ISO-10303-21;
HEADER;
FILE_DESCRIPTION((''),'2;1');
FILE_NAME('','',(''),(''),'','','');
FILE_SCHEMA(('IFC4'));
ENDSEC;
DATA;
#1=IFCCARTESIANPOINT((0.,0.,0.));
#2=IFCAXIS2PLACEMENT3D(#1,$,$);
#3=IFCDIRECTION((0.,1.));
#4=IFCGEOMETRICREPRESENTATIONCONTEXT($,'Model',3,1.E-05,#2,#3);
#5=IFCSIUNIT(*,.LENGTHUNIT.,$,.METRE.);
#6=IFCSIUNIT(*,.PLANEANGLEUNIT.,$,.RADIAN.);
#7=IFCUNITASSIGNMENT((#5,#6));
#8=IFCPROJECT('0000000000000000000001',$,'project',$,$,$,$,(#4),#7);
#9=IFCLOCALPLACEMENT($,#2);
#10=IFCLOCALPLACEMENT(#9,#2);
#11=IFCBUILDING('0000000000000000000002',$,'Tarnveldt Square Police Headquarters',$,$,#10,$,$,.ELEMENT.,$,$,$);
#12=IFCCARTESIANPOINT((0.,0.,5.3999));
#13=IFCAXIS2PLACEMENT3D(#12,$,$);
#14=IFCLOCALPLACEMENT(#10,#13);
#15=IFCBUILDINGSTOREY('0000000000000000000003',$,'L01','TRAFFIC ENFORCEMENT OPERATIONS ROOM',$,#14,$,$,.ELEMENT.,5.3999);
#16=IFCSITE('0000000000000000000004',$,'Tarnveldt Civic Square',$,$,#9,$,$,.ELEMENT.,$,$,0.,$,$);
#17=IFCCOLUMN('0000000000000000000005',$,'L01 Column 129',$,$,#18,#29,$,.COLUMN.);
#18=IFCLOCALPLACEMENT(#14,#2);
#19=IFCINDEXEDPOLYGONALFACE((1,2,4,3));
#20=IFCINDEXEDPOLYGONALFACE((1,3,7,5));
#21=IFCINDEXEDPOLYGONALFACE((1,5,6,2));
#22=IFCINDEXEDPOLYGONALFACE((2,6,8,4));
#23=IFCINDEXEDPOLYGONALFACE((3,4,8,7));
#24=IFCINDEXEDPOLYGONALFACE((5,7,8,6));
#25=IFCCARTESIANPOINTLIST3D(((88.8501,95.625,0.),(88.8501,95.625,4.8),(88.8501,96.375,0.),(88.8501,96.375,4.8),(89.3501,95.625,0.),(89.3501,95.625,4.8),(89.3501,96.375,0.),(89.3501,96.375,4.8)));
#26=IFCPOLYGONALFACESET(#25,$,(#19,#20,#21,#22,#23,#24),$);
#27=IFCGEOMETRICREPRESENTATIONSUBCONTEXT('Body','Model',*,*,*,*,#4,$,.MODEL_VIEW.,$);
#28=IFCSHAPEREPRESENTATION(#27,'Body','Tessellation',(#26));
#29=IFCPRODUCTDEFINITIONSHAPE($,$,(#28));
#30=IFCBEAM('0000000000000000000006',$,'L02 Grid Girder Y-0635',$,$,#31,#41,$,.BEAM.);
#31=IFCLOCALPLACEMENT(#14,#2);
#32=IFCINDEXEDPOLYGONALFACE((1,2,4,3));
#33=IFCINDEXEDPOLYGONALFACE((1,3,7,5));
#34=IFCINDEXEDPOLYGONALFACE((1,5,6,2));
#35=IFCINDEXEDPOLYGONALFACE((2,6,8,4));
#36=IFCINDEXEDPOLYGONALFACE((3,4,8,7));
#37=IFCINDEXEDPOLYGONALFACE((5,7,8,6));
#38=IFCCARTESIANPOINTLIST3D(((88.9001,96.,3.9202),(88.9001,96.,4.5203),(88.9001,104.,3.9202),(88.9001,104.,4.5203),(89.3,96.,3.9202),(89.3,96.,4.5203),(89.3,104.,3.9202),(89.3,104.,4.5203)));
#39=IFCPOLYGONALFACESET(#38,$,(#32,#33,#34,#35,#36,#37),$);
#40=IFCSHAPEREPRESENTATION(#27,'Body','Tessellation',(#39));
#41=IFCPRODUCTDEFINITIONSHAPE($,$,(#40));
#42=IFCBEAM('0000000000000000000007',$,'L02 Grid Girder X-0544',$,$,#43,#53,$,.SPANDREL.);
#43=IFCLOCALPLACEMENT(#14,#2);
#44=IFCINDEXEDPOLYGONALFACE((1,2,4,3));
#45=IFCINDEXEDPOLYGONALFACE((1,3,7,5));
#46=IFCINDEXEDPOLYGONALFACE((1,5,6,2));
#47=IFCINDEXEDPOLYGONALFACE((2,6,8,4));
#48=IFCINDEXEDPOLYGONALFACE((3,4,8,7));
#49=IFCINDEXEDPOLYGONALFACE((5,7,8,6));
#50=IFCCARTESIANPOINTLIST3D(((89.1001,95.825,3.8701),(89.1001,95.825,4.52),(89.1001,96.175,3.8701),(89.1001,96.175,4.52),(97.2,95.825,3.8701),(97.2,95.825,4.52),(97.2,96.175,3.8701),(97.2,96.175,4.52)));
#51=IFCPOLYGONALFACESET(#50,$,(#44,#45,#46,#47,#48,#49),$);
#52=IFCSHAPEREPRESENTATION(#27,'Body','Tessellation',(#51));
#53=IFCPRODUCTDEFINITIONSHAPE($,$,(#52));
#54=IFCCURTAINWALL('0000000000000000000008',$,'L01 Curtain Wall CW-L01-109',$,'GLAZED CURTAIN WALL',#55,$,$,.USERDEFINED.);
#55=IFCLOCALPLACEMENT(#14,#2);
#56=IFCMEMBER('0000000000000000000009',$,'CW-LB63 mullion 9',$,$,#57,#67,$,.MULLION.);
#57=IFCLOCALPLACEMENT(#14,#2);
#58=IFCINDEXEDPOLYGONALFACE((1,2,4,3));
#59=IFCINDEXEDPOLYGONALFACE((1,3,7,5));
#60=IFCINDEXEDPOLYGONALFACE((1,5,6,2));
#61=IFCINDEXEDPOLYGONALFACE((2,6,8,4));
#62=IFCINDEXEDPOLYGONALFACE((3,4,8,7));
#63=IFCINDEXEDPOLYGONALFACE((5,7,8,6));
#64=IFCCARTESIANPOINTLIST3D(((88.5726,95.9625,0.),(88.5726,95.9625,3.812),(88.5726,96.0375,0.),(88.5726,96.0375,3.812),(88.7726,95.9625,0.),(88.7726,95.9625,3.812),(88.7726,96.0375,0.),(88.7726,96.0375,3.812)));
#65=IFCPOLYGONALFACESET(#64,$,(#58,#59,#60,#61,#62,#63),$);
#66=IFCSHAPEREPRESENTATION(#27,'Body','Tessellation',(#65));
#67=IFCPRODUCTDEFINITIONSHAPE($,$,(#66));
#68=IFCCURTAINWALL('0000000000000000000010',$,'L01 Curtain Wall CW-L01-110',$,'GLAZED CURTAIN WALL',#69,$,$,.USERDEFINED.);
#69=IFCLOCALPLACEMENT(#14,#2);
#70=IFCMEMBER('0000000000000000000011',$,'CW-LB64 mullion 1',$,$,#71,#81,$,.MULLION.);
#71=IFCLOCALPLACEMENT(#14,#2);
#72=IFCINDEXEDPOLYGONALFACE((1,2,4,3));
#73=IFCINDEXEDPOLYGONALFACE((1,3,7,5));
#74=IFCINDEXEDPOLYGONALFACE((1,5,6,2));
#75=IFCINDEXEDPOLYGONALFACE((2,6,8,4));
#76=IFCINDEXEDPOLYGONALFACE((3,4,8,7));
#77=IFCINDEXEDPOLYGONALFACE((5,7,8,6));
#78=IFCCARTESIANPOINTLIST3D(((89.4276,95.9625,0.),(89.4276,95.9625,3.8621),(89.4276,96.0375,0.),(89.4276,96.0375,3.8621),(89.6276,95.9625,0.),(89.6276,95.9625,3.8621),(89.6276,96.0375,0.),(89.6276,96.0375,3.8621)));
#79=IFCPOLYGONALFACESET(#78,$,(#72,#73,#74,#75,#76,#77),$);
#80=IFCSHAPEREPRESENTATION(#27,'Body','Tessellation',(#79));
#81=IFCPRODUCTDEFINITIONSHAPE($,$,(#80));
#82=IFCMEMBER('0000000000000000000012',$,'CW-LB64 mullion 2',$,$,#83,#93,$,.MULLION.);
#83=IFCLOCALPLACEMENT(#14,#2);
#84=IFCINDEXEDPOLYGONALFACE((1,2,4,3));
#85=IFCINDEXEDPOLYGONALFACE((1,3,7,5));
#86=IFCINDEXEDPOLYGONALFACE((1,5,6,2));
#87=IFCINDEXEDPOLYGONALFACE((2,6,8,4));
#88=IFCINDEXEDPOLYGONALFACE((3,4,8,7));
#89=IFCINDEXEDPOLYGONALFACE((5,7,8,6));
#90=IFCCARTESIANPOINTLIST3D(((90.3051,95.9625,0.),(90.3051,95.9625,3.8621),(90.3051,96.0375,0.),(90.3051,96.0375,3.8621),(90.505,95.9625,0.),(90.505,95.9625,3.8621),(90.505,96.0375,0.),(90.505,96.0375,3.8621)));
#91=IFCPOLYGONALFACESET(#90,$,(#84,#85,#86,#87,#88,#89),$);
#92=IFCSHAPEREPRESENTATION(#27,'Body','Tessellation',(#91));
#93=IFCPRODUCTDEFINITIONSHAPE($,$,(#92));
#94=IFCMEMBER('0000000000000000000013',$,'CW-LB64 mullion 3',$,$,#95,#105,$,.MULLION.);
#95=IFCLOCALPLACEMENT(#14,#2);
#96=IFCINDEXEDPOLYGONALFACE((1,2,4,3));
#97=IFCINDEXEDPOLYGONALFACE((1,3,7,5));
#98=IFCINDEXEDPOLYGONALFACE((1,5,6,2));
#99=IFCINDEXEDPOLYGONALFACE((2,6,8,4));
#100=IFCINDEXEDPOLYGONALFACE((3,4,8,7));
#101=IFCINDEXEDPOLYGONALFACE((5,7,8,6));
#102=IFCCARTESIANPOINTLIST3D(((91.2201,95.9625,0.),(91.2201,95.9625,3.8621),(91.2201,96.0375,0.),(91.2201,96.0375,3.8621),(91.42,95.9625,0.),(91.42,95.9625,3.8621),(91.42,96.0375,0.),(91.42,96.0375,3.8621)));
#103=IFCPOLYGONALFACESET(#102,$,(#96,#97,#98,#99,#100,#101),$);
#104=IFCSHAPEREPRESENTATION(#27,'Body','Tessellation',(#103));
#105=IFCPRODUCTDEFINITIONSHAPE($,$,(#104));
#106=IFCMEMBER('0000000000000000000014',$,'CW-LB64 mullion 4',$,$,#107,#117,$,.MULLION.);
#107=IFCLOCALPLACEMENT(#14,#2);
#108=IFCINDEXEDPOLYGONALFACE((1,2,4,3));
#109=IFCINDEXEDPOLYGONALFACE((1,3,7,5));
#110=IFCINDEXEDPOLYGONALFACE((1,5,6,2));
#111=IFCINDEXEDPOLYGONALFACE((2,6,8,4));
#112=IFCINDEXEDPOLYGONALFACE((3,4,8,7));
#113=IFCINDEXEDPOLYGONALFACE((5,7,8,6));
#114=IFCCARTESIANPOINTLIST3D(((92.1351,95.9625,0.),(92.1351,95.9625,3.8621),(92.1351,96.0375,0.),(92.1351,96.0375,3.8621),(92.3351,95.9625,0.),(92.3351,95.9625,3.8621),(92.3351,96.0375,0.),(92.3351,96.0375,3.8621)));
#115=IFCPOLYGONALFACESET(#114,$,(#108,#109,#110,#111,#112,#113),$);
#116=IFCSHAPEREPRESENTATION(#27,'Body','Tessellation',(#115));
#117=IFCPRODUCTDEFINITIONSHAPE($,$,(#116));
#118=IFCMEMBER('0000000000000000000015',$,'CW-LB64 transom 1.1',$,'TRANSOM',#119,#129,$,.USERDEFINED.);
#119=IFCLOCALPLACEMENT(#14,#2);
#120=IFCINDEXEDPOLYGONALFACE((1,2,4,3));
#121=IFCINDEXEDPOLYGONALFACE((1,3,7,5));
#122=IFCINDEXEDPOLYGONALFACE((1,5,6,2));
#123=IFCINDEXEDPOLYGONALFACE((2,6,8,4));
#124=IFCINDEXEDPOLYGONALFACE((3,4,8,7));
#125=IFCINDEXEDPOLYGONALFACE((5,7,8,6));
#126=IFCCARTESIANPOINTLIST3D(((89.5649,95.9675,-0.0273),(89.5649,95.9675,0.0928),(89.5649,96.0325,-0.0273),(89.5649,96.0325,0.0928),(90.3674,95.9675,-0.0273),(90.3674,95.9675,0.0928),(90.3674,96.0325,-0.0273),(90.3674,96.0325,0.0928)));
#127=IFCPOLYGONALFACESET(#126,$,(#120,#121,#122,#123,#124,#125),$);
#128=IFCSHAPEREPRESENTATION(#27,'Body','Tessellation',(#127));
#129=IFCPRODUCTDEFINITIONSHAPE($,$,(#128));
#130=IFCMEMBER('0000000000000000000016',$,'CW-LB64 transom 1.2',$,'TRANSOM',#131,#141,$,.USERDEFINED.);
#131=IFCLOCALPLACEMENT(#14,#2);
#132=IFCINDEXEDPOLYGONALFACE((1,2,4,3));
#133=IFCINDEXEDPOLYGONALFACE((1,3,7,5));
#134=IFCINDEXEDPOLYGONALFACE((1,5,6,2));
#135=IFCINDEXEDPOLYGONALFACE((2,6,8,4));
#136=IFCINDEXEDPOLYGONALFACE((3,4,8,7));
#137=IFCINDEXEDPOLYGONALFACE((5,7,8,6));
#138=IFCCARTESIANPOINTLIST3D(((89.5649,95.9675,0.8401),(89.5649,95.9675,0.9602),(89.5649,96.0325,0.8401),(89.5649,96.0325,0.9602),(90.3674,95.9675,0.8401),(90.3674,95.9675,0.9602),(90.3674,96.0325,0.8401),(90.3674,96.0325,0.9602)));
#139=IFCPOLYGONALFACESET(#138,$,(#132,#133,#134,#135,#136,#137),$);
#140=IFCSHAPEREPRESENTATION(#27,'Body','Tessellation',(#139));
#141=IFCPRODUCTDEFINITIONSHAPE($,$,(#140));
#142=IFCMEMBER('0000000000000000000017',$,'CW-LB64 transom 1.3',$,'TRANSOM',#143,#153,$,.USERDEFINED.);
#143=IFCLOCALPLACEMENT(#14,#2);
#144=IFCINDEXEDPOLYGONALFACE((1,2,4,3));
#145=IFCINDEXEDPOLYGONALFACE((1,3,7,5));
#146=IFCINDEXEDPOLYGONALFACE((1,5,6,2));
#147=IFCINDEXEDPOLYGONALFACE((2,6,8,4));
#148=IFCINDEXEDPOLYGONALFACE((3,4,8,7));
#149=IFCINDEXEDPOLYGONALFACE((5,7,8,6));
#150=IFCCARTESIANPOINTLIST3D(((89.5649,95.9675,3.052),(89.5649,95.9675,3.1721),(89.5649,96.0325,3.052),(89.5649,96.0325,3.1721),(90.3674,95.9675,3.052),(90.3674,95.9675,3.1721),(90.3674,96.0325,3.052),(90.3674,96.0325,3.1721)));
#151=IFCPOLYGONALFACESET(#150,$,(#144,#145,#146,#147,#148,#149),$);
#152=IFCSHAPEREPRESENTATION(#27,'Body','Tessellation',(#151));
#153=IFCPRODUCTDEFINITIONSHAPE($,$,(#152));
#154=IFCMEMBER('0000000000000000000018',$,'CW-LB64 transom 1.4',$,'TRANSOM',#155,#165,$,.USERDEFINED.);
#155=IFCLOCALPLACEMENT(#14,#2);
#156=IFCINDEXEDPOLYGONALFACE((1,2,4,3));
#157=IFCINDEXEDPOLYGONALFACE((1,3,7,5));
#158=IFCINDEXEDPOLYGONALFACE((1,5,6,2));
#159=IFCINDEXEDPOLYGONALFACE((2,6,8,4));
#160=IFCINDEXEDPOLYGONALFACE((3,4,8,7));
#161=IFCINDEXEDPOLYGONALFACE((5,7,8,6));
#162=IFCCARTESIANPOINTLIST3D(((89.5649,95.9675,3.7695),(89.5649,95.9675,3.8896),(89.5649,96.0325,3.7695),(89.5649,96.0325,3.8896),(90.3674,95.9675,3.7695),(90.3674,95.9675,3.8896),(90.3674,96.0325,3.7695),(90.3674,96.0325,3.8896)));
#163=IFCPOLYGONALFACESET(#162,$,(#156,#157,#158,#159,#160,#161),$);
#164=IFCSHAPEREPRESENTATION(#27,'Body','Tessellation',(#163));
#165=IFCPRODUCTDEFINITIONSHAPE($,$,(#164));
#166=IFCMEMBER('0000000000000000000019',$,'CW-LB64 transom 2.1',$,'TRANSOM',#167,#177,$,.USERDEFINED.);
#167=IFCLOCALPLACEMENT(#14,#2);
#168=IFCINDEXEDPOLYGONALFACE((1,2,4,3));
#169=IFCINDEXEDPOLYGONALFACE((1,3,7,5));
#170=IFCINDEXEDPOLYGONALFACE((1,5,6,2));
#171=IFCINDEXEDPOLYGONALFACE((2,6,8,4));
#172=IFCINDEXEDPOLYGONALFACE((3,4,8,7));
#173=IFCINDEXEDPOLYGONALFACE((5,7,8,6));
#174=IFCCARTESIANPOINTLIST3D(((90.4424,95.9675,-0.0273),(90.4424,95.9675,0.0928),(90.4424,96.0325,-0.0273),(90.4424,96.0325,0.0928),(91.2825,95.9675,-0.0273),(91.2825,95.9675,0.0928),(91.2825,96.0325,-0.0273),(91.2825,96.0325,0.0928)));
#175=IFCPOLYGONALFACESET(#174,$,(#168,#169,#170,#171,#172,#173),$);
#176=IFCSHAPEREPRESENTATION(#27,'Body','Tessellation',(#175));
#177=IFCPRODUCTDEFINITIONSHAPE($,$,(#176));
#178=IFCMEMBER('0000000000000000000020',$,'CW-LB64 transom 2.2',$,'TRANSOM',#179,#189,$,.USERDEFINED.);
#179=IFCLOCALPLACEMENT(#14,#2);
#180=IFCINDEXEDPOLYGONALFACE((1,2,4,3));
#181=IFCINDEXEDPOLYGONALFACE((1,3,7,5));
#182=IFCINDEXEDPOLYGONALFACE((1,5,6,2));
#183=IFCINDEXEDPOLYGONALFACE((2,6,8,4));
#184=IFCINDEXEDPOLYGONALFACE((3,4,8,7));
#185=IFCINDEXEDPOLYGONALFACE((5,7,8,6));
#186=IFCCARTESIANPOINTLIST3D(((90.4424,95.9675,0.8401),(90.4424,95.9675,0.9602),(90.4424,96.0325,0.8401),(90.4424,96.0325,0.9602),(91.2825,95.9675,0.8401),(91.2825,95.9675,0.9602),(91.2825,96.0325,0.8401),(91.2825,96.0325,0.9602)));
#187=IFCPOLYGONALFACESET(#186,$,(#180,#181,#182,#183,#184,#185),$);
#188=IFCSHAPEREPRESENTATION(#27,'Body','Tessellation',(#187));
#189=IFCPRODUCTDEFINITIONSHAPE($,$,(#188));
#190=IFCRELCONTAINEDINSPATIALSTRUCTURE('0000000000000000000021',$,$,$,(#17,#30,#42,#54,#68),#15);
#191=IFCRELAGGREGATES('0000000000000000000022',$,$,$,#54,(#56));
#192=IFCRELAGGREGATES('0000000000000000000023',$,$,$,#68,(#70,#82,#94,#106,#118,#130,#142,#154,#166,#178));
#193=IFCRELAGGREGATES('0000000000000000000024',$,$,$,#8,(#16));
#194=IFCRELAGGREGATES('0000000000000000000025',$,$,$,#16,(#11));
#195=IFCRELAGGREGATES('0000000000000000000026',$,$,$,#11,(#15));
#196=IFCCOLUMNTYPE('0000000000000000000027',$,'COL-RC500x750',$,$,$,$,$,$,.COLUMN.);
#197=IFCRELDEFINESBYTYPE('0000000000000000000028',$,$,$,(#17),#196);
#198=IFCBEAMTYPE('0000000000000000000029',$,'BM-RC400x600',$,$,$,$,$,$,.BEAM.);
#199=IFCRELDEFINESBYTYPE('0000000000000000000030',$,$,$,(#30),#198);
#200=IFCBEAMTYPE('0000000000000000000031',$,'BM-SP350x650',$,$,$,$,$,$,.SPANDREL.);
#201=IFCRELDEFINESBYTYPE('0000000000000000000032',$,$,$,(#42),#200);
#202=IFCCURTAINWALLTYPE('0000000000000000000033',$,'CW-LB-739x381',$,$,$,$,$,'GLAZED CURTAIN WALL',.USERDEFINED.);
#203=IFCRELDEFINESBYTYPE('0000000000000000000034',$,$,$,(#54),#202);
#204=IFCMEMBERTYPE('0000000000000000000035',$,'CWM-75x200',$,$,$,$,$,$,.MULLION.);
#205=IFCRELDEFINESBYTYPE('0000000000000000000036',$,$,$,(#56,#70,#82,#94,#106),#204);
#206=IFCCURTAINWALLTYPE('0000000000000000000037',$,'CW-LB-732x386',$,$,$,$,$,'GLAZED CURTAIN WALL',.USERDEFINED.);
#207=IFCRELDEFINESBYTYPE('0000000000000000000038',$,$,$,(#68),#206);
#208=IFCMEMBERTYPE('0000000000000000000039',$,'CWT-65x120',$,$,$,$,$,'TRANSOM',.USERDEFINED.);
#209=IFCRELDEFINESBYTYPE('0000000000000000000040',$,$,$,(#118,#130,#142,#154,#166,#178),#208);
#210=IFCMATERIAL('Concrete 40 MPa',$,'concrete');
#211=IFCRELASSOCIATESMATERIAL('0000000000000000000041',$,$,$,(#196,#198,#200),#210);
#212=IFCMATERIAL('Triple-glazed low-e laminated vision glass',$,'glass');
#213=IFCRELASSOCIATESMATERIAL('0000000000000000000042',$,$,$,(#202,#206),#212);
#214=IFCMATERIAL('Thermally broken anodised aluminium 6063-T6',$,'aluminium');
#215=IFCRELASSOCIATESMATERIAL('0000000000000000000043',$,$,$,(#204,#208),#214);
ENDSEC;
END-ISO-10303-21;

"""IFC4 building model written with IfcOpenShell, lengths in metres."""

from ifc_helpers import new_model, si_unit, direction, frame, origin, origin_2d, place, context, subcontext, project, spatial, rectangle, extrude, material, material_profile, profile_set, type_object, element, aggregate, save


model = new_model("IFC4")

# Units and contexts
model_context = context("Model", 3, precision=1e-05, world=origin(), true_north=direction((0.0, 1.0)))
body_context = subcontext(model_context, "Body", "Model", "MODEL_VIEW")
ifc_project = project(units=[si_unit("LENGTHUNIT", "METRE"), si_unit("PLANEANGLEUNIT", "RADIAN")], contexts=[model_context])

# Site, building, storey
site_placement = place(None, origin())
site = spatial("IfcSite", under=ifc_project, at=site_placement, Name="Tarnveldt Civic Square", CompositionType="ELEMENT", RefElevation=0.0)
building_placement = place(site_placement, origin())
building = spatial("IfcBuilding", under=site, at=building_placement, Name="Tarnveldt Square Police Headquarters", CompositionType="ELEMENT")
storey_placement = place(building_placement, frame((0.0, 0.0, 5.3999)))
storey = spatial("IfcBuildingStorey", under=building, at=storey_placement, Name="L01", Description="TRAFFIC ENFORCEMENT OPERATIONS ROOM", CompositionType="ELEMENT", Elevation=5.3999)

# Column
ifc_material_1 = material(Name="Concrete 40 MPa", Category="concrete")
ifc_material_profile_1 = material_profile(ifc_material_1, rectangle(XDim=0.5, YDim=0.75, at=origin_2d()), Name="RC-C500x750")
ifc_profile_set_1 = profile_set([ifc_material_profile_1], Name="Concrete 40 MPa")
column_type = type_object("IfcColumnType", Name="COL-RC500x750", PredefinedType="COLUMN", material=ifc_profile_set_1)
column_placement = place(storey_placement, frame((89.1001, 96.0, 0.0), z_axis=(0.0, 0.0, 1.0), x_axis=(1.0, 0.0, 0.0)))
element("IfcColumn", 1, at=column_placement, inside=storey, type_object=column_type, Name="L01 Column 129", PredefinedType="COLUMN", context=body_context, shape_type="SweptSolid", body=[
    extrude(rectangle(XDim=0.5, YDim=0.75, at=origin_2d()), origin(), (0.0, 0.0, 1.0), 4.8),
])

# Beams
ifc_material_profile_2 = material_profile(ifc_material_1, rectangle(XDim=0.3999, YDim=0.6001, at=origin_2d()), Name="RC-B400x600")
ifc_profile_set_2 = profile_set([ifc_material_profile_2], Name="Concrete 40 MPa")
beam_type_1 = type_object("IfcBeamType", Name="BM-RC400x600", PredefinedType="BEAM", material=ifc_profile_set_2)
beam_1_placement = place(storey_placement, frame((89.1001, 96.0, 4.2202), z_axis=(0.0, 1.0, 0.0), x_axis=(-1.0, 0.0, 0.0)))
element("IfcBeam", 2, at=beam_1_placement, inside=storey, type_object=beam_type_1, Name="L02 Grid Girder Y-0635", PredefinedType="BEAM", context=body_context, shape_type="SweptSolid", body=[
    extrude(rectangle(XDim=0.3999, YDim=0.6001, at=origin_2d()), origin(), (0.0, 0.0, 1.0), 8.0),
])
ifc_material_profile_3 = material_profile(ifc_material_1, rectangle(XDim=0.3501, YDim=0.6499, at=origin_2d()), Name="RC-SP350x650")
ifc_profile_set_3 = profile_set([ifc_material_profile_3], Name="Concrete 40 MPa")
beam_type_2 = type_object("IfcBeamType", Name="BM-SP350x650", PredefinedType="SPANDREL", material=ifc_profile_set_3)
beam_2_placement = place(storey_placement, frame((89.1001, 96.0, 4.1951), z_axis=(1.0, 0.0, 0.0), x_axis=(0.0, 1.0, 0.0)))
element("IfcBeam", 3, at=beam_2_placement, inside=storey, type_object=beam_type_2, Name="L02 Grid Girder X-0544", PredefinedType="SPANDREL", context=body_context, shape_type="SweptSolid", body=[
    extrude(rectangle(XDim=0.3501, YDim=0.6499, at=origin_2d()), origin(), (0.0, 0.0, 1.0), 8.0999),
])

# Curtain wall, member
ifc_material_2 = material(Name="Triple-glazed low-e laminated vision glass", Category="glass")
curtain_wall_type_1 = type_object("IfcCurtainWallType", Name="CW-LB-739x381", ElementType="GLAZED CURTAIN WALL", PredefinedType="USERDEFINED", material=ifc_material_2)
curtain_wall_1_placement = place(storey_placement, origin())
curtain_wall_1 = element("IfcCurtainWall", 4, at=curtain_wall_1_placement, inside=storey, type_object=curtain_wall_type_1, Name="L01 Curtain Wall CW-L01-109", ObjectType="GLAZED CURTAIN WALL", PredefinedType="USERDEFINED")
ifc_material_3 = material(Name="Thermally broken anodised aluminium 6063-T6", Category="aluminium")
ifc_material_profile_4 = material_profile(ifc_material_3, rectangle(XDim=0.075, YDim=0.2, at=origin_2d()), Name="CW-M75x200")
ifc_profile_set_4 = profile_set([ifc_material_profile_4], Name="Thermally broken anodised aluminium 6063-T6")
member_type_1 = type_object("IfcMemberType", Name="CWM-75x200", PredefinedType="MULLION", material=ifc_profile_set_4)
member_1_placement = place(storey_placement, frame((88.6726, 96.0, 0.0), z_axis=(0.0, 0.0, 1.0), x_axis=(0.0, 1.0, 0.0)))
member_1 = element("IfcMember", 5, at=member_1_placement, type_object=member_type_1, Name="CW-LB63 mullion 9", PredefinedType="MULLION", context=body_context, shape_type="SweptSolid", body=[
    extrude(rectangle(XDim=0.075, YDim=0.2, at=origin_2d()), origin(), (0.0, 0.0, 1.0), 3.812),
])

# Curtain wall, members
curtain_wall_type_2 = type_object("IfcCurtainWallType", Name="CW-LB-732x386", ElementType="GLAZED CURTAIN WALL", PredefinedType="USERDEFINED", material=ifc_material_2)
curtain_wall_2_placement = place(storey_placement, origin())
curtain_wall_2 = element("IfcCurtainWall", 6, at=curtain_wall_2_placement, inside=storey, type_object=curtain_wall_type_2, Name="L01 Curtain Wall CW-L01-110", ObjectType="GLAZED CURTAIN WALL", PredefinedType="USERDEFINED")
member_2_placement = place(storey_placement, frame((89.5276, 96.0, 0.0), z_axis=(0.0, 0.0, 1.0), x_axis=(0.0, 1.0, 0.0)))
member_2 = element("IfcMember", 7, at=member_2_placement, type_object=member_type_1, Name="CW-LB64 mullion 1", PredefinedType="MULLION", context=body_context, shape_type="SweptSolid", body=[
    extrude(rectangle(XDim=0.075, YDim=0.2, at=origin_2d()), origin(), (0.0, 0.0, 1.0), 3.8621),
])
member_3_placement = place(storey_placement, frame((90.405, 96.0, 0.0), z_axis=(0.0, 0.0, 1.0), x_axis=(0.0, 1.0, 0.0)))
member_3 = element("IfcMember", 8, at=member_3_placement, type_object=member_type_1, Name="CW-LB64 mullion 2", PredefinedType="MULLION", context=body_context, shape_type="SweptSolid", body=[
    extrude(rectangle(XDim=0.075, YDim=0.2, at=origin_2d()), origin(), (0.0, 0.0, 1.0), 3.8621),
])
member_4_placement = place(storey_placement, frame((91.3201, 96.0, 0.0), z_axis=(0.0, 0.0, 1.0), x_axis=(0.0, 1.0, 0.0)))
member_4 = element("IfcMember", 9, at=member_4_placement, type_object=member_type_1, Name="CW-LB64 mullion 3", PredefinedType="MULLION", context=body_context, shape_type="SweptSolid", body=[
    extrude(rectangle(XDim=0.075, YDim=0.2, at=origin_2d()), origin(), (0.0, 0.0, 1.0), 3.8621),
])
member_5_placement = place(storey_placement, frame((92.2351, 96.0, 0.0), z_axis=(0.0, 0.0, 1.0), x_axis=(0.0, 1.0, 0.0)))
member_5 = element("IfcMember", 10, at=member_5_placement, type_object=member_type_1, Name="CW-LB64 mullion 4", PredefinedType="MULLION", context=body_context, shape_type="SweptSolid", body=[
    extrude(rectangle(XDim=0.075, YDim=0.2, at=origin_2d()), origin(), (0.0, 0.0, 1.0), 3.8621),
])
ifc_material_profile_5 = material_profile(ifc_material_3, rectangle(XDim=0.0649, YDim=0.1201, at=origin_2d()), Name="CW-T65x120")
ifc_profile_set_5 = profile_set([ifc_material_profile_5], Name="Thermally broken anodised aluminium 6063-T6")
member_type_2 = type_object("IfcMemberType", Name="CWT-65x120", ElementType="TRANSOM", PredefinedType="USERDEFINED", material=ifc_profile_set_5)
member_6_placement = place(storey_placement, frame((89.5649, 96.0, 0.0327), z_axis=(1.0, 0.0, 0.0), x_axis=(0.0, 1.0, 0.0)))
member_6 = element("IfcMember", 11, at=member_6_placement, type_object=member_type_2, Name="CW-LB64 transom 1.1", ObjectType="TRANSOM", PredefinedType="USERDEFINED", context=body_context, shape_type="SweptSolid", body=[
    extrude(rectangle(XDim=0.0649, YDim=0.1201, at=origin_2d()), origin(), (0.0, 0.0, 1.0), 0.8025),
])
member_7_placement = place(storey_placement, frame((89.5649, 96.0, 0.9001), z_axis=(1.0, 0.0, 0.0), x_axis=(0.0, 1.0, 0.0)))
member_7 = element("IfcMember", 12, at=member_7_placement, type_object=member_type_2, Name="CW-LB64 transom 1.2", ObjectType="TRANSOM", PredefinedType="USERDEFINED", context=body_context, shape_type="SweptSolid", body=[
    extrude(rectangle(XDim=0.0649, YDim=0.1201, at=origin_2d()), origin(), (0.0, 0.0, 1.0), 0.8025),
])
member_8_placement = place(storey_placement, frame((89.5649, 96.0, 3.1121), z_axis=(1.0, 0.0, 0.0), x_axis=(0.0, 1.0, 0.0)))
member_8 = element("IfcMember", 13, at=member_8_placement, type_object=member_type_2, Name="CW-LB64 transom 1.3", ObjectType="TRANSOM", PredefinedType="USERDEFINED", context=body_context, shape_type="SweptSolid", body=[
    extrude(rectangle(XDim=0.0649, YDim=0.1201, at=origin_2d()), origin(), (0.0, 0.0, 1.0), 0.8025),
])
member_9_placement = place(storey_placement, frame((89.5649, 96.0, 3.8296), z_axis=(1.0, 0.0, 0.0), x_axis=(0.0, 1.0, 0.0)))
member_9 = element("IfcMember", 14, at=member_9_placement, type_object=member_type_2, Name="CW-LB64 transom 1.4", ObjectType="TRANSOM", PredefinedType="USERDEFINED", context=body_context, shape_type="SweptSolid", body=[
    extrude(rectangle(XDim=0.0649, YDim=0.1201, at=origin_2d()), origin(), (0.0, 0.0, 1.0), 0.8025),
])
member_10_placement = place(storey_placement, frame((90.4424, 96.0, 0.0327), z_axis=(1.0, 0.0, 0.0), x_axis=(0.0, 1.0, 0.0)))
member_10 = element("IfcMember", 15, at=member_10_placement, type_object=member_type_2, Name="CW-LB64 transom 2.1", ObjectType="TRANSOM", PredefinedType="USERDEFINED", context=body_context, shape_type="SweptSolid", body=[
    extrude(rectangle(XDim=0.0649, YDim=0.1201, at=origin_2d()), origin(), (0.0, 0.0, 1.0), 0.8401),
])
member_11_placement = place(storey_placement, frame((90.4424, 96.0, 0.9001), z_axis=(1.0, 0.0, 0.0), x_axis=(0.0, 1.0, 0.0)))
member_11 = element("IfcMember", 16, at=member_11_placement, type_object=member_type_2, Name="CW-LB64 transom 2.2", ObjectType="TRANSOM", PredefinedType="USERDEFINED", context=body_context, shape_type="SweptSolid", body=[
    extrude(rectangle(XDim=0.0649, YDim=0.1201, at=origin_2d()), origin(), (0.0, 0.0, 1.0), 0.8401),
])

aggregate(curtain_wall_1, [member_1])
aggregate(curtain_wall_2, [member_2, member_3, member_4, member_5, member_6, member_7, member_8, member_9, member_10, member_11])

save(model, "model.ifc")
